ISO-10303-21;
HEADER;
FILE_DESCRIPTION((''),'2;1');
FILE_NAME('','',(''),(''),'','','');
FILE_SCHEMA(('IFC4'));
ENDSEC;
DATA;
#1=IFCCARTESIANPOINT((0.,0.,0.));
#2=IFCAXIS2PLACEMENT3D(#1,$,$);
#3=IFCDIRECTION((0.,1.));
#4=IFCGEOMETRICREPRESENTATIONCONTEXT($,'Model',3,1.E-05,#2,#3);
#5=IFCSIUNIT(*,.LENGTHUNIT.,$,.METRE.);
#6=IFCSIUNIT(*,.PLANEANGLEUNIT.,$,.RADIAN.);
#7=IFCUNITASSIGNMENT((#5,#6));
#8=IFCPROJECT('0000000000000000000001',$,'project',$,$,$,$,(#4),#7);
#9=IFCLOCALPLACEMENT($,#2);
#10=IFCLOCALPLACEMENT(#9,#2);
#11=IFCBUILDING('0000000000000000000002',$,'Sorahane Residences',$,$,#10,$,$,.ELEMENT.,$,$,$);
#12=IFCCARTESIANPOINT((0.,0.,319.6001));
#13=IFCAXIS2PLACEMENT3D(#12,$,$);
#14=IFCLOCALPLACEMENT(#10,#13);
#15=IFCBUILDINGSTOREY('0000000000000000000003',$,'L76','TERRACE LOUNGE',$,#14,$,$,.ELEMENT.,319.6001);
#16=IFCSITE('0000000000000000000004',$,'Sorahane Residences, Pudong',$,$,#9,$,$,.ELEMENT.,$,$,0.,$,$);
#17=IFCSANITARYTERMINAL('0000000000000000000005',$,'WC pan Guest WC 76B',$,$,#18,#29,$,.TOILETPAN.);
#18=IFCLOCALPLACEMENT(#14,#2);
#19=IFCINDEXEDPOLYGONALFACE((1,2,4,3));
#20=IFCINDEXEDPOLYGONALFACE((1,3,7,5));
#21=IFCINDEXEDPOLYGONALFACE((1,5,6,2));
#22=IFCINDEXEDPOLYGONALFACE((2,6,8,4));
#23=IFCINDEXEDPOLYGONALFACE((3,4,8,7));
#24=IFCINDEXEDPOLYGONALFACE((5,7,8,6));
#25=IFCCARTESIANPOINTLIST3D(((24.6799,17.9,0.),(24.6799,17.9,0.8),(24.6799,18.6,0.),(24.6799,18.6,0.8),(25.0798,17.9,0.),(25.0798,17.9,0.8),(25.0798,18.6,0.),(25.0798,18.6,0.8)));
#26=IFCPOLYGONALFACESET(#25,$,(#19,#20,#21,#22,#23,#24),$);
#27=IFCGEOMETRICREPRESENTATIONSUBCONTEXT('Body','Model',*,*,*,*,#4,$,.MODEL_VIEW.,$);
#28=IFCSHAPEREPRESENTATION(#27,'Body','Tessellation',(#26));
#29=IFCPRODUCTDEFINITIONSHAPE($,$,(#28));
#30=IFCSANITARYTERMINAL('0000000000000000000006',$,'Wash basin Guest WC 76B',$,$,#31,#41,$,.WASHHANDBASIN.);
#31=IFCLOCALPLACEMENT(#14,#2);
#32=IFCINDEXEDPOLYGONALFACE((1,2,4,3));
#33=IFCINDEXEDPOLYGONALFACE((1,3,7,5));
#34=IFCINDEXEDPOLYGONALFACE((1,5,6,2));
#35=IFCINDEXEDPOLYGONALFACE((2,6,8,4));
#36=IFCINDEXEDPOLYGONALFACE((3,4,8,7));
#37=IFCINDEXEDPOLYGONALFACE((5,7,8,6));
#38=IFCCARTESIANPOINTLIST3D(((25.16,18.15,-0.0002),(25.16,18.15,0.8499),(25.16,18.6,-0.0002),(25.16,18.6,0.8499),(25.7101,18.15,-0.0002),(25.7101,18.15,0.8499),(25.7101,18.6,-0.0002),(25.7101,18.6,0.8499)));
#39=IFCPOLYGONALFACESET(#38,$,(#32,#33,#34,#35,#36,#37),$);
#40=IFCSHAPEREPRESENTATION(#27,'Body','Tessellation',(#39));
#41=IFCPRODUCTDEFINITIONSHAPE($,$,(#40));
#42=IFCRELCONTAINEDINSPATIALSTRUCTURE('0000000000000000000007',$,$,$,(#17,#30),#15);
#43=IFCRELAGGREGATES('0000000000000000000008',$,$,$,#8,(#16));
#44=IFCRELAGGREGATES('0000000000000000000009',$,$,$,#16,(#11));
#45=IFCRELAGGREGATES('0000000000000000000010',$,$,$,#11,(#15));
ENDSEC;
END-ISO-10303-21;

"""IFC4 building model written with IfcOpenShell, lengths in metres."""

from ifc_helpers import new_model, si_unit, direction, frame, origin, origin_2d, place, context, subcontext, project, spatial, rectangle, extrude, element, save


model = new_model("IFC4")

# Units and contexts
model_context = context("Model", 3, precision=1e-05, world=origin(), true_north=direction((0.0, 1.0)))
body_context = subcontext(model_context, "Body", "Model", "MODEL_VIEW")
ifc_project = project(units=[si_unit("LENGTHUNIT", "METRE"), si_unit("PLANEANGLEUNIT", "RADIAN")], contexts=[model_context])

# Site, building, storey
site_placement = place(None, origin())
site = spatial("IfcSite", under=ifc_project, at=site_placement, Name="Sorahane Residences, Pudong", CompositionType="ELEMENT", RefElevation=0.0)
building_placement = place(site_placement, origin())
building = spatial("IfcBuilding", under=site, at=building_placement, Name="Sorahane Residences", CompositionType="ELEMENT")
storey_placement = place(building_placement, frame((0.0, 0.0, 319.6001)))
storey = spatial("IfcBuildingStorey", under=building, at=storey_placement, Name="L76", Description="TERRACE LOUNGE", CompositionType="ELEMENT", Elevation=319.6001)

# Sanitary terminals
sanitary_terminal_1_placement = place(storey_placement, frame((24.8799, 18.25, 0.0), z_axis=(0.0, 0.0, 1.0), x_axis=(1.0, 0.0, 0.0)))
element("IfcSanitaryTerminal", 1, at=sanitary_terminal_1_placement, inside=storey, Name="WC pan Guest WC 76B", PredefinedType="TOILETPAN", context=body_context, shape_type="SweptSolid", body=[
    extrude(rectangle(XDim=0.3999, YDim=0.7, at=origin_2d()), origin(), (0.0, 0.0, 1.0), 0.8),
])
sanitary_terminal_2_placement = place(storey_placement, frame((25.4351, 18.375, -0.0002), z_axis=(0.0, 0.0, 1.0), x_axis=(1.0, 0.0, 0.0)))
element("IfcSanitaryTerminal", 2, at=sanitary_terminal_2_placement, inside=storey, Name="Wash basin Guest WC 76B", PredefinedType="WASHHANDBASIN", context=body_context, shape_type="SweptSolid", body=[
    extrude(rectangle(XDim=0.55, YDim=0.45, at=origin_2d()), origin(), (0.0, 0.0, 1.0), 0.8501),
])

save(model, "model.ifc")
